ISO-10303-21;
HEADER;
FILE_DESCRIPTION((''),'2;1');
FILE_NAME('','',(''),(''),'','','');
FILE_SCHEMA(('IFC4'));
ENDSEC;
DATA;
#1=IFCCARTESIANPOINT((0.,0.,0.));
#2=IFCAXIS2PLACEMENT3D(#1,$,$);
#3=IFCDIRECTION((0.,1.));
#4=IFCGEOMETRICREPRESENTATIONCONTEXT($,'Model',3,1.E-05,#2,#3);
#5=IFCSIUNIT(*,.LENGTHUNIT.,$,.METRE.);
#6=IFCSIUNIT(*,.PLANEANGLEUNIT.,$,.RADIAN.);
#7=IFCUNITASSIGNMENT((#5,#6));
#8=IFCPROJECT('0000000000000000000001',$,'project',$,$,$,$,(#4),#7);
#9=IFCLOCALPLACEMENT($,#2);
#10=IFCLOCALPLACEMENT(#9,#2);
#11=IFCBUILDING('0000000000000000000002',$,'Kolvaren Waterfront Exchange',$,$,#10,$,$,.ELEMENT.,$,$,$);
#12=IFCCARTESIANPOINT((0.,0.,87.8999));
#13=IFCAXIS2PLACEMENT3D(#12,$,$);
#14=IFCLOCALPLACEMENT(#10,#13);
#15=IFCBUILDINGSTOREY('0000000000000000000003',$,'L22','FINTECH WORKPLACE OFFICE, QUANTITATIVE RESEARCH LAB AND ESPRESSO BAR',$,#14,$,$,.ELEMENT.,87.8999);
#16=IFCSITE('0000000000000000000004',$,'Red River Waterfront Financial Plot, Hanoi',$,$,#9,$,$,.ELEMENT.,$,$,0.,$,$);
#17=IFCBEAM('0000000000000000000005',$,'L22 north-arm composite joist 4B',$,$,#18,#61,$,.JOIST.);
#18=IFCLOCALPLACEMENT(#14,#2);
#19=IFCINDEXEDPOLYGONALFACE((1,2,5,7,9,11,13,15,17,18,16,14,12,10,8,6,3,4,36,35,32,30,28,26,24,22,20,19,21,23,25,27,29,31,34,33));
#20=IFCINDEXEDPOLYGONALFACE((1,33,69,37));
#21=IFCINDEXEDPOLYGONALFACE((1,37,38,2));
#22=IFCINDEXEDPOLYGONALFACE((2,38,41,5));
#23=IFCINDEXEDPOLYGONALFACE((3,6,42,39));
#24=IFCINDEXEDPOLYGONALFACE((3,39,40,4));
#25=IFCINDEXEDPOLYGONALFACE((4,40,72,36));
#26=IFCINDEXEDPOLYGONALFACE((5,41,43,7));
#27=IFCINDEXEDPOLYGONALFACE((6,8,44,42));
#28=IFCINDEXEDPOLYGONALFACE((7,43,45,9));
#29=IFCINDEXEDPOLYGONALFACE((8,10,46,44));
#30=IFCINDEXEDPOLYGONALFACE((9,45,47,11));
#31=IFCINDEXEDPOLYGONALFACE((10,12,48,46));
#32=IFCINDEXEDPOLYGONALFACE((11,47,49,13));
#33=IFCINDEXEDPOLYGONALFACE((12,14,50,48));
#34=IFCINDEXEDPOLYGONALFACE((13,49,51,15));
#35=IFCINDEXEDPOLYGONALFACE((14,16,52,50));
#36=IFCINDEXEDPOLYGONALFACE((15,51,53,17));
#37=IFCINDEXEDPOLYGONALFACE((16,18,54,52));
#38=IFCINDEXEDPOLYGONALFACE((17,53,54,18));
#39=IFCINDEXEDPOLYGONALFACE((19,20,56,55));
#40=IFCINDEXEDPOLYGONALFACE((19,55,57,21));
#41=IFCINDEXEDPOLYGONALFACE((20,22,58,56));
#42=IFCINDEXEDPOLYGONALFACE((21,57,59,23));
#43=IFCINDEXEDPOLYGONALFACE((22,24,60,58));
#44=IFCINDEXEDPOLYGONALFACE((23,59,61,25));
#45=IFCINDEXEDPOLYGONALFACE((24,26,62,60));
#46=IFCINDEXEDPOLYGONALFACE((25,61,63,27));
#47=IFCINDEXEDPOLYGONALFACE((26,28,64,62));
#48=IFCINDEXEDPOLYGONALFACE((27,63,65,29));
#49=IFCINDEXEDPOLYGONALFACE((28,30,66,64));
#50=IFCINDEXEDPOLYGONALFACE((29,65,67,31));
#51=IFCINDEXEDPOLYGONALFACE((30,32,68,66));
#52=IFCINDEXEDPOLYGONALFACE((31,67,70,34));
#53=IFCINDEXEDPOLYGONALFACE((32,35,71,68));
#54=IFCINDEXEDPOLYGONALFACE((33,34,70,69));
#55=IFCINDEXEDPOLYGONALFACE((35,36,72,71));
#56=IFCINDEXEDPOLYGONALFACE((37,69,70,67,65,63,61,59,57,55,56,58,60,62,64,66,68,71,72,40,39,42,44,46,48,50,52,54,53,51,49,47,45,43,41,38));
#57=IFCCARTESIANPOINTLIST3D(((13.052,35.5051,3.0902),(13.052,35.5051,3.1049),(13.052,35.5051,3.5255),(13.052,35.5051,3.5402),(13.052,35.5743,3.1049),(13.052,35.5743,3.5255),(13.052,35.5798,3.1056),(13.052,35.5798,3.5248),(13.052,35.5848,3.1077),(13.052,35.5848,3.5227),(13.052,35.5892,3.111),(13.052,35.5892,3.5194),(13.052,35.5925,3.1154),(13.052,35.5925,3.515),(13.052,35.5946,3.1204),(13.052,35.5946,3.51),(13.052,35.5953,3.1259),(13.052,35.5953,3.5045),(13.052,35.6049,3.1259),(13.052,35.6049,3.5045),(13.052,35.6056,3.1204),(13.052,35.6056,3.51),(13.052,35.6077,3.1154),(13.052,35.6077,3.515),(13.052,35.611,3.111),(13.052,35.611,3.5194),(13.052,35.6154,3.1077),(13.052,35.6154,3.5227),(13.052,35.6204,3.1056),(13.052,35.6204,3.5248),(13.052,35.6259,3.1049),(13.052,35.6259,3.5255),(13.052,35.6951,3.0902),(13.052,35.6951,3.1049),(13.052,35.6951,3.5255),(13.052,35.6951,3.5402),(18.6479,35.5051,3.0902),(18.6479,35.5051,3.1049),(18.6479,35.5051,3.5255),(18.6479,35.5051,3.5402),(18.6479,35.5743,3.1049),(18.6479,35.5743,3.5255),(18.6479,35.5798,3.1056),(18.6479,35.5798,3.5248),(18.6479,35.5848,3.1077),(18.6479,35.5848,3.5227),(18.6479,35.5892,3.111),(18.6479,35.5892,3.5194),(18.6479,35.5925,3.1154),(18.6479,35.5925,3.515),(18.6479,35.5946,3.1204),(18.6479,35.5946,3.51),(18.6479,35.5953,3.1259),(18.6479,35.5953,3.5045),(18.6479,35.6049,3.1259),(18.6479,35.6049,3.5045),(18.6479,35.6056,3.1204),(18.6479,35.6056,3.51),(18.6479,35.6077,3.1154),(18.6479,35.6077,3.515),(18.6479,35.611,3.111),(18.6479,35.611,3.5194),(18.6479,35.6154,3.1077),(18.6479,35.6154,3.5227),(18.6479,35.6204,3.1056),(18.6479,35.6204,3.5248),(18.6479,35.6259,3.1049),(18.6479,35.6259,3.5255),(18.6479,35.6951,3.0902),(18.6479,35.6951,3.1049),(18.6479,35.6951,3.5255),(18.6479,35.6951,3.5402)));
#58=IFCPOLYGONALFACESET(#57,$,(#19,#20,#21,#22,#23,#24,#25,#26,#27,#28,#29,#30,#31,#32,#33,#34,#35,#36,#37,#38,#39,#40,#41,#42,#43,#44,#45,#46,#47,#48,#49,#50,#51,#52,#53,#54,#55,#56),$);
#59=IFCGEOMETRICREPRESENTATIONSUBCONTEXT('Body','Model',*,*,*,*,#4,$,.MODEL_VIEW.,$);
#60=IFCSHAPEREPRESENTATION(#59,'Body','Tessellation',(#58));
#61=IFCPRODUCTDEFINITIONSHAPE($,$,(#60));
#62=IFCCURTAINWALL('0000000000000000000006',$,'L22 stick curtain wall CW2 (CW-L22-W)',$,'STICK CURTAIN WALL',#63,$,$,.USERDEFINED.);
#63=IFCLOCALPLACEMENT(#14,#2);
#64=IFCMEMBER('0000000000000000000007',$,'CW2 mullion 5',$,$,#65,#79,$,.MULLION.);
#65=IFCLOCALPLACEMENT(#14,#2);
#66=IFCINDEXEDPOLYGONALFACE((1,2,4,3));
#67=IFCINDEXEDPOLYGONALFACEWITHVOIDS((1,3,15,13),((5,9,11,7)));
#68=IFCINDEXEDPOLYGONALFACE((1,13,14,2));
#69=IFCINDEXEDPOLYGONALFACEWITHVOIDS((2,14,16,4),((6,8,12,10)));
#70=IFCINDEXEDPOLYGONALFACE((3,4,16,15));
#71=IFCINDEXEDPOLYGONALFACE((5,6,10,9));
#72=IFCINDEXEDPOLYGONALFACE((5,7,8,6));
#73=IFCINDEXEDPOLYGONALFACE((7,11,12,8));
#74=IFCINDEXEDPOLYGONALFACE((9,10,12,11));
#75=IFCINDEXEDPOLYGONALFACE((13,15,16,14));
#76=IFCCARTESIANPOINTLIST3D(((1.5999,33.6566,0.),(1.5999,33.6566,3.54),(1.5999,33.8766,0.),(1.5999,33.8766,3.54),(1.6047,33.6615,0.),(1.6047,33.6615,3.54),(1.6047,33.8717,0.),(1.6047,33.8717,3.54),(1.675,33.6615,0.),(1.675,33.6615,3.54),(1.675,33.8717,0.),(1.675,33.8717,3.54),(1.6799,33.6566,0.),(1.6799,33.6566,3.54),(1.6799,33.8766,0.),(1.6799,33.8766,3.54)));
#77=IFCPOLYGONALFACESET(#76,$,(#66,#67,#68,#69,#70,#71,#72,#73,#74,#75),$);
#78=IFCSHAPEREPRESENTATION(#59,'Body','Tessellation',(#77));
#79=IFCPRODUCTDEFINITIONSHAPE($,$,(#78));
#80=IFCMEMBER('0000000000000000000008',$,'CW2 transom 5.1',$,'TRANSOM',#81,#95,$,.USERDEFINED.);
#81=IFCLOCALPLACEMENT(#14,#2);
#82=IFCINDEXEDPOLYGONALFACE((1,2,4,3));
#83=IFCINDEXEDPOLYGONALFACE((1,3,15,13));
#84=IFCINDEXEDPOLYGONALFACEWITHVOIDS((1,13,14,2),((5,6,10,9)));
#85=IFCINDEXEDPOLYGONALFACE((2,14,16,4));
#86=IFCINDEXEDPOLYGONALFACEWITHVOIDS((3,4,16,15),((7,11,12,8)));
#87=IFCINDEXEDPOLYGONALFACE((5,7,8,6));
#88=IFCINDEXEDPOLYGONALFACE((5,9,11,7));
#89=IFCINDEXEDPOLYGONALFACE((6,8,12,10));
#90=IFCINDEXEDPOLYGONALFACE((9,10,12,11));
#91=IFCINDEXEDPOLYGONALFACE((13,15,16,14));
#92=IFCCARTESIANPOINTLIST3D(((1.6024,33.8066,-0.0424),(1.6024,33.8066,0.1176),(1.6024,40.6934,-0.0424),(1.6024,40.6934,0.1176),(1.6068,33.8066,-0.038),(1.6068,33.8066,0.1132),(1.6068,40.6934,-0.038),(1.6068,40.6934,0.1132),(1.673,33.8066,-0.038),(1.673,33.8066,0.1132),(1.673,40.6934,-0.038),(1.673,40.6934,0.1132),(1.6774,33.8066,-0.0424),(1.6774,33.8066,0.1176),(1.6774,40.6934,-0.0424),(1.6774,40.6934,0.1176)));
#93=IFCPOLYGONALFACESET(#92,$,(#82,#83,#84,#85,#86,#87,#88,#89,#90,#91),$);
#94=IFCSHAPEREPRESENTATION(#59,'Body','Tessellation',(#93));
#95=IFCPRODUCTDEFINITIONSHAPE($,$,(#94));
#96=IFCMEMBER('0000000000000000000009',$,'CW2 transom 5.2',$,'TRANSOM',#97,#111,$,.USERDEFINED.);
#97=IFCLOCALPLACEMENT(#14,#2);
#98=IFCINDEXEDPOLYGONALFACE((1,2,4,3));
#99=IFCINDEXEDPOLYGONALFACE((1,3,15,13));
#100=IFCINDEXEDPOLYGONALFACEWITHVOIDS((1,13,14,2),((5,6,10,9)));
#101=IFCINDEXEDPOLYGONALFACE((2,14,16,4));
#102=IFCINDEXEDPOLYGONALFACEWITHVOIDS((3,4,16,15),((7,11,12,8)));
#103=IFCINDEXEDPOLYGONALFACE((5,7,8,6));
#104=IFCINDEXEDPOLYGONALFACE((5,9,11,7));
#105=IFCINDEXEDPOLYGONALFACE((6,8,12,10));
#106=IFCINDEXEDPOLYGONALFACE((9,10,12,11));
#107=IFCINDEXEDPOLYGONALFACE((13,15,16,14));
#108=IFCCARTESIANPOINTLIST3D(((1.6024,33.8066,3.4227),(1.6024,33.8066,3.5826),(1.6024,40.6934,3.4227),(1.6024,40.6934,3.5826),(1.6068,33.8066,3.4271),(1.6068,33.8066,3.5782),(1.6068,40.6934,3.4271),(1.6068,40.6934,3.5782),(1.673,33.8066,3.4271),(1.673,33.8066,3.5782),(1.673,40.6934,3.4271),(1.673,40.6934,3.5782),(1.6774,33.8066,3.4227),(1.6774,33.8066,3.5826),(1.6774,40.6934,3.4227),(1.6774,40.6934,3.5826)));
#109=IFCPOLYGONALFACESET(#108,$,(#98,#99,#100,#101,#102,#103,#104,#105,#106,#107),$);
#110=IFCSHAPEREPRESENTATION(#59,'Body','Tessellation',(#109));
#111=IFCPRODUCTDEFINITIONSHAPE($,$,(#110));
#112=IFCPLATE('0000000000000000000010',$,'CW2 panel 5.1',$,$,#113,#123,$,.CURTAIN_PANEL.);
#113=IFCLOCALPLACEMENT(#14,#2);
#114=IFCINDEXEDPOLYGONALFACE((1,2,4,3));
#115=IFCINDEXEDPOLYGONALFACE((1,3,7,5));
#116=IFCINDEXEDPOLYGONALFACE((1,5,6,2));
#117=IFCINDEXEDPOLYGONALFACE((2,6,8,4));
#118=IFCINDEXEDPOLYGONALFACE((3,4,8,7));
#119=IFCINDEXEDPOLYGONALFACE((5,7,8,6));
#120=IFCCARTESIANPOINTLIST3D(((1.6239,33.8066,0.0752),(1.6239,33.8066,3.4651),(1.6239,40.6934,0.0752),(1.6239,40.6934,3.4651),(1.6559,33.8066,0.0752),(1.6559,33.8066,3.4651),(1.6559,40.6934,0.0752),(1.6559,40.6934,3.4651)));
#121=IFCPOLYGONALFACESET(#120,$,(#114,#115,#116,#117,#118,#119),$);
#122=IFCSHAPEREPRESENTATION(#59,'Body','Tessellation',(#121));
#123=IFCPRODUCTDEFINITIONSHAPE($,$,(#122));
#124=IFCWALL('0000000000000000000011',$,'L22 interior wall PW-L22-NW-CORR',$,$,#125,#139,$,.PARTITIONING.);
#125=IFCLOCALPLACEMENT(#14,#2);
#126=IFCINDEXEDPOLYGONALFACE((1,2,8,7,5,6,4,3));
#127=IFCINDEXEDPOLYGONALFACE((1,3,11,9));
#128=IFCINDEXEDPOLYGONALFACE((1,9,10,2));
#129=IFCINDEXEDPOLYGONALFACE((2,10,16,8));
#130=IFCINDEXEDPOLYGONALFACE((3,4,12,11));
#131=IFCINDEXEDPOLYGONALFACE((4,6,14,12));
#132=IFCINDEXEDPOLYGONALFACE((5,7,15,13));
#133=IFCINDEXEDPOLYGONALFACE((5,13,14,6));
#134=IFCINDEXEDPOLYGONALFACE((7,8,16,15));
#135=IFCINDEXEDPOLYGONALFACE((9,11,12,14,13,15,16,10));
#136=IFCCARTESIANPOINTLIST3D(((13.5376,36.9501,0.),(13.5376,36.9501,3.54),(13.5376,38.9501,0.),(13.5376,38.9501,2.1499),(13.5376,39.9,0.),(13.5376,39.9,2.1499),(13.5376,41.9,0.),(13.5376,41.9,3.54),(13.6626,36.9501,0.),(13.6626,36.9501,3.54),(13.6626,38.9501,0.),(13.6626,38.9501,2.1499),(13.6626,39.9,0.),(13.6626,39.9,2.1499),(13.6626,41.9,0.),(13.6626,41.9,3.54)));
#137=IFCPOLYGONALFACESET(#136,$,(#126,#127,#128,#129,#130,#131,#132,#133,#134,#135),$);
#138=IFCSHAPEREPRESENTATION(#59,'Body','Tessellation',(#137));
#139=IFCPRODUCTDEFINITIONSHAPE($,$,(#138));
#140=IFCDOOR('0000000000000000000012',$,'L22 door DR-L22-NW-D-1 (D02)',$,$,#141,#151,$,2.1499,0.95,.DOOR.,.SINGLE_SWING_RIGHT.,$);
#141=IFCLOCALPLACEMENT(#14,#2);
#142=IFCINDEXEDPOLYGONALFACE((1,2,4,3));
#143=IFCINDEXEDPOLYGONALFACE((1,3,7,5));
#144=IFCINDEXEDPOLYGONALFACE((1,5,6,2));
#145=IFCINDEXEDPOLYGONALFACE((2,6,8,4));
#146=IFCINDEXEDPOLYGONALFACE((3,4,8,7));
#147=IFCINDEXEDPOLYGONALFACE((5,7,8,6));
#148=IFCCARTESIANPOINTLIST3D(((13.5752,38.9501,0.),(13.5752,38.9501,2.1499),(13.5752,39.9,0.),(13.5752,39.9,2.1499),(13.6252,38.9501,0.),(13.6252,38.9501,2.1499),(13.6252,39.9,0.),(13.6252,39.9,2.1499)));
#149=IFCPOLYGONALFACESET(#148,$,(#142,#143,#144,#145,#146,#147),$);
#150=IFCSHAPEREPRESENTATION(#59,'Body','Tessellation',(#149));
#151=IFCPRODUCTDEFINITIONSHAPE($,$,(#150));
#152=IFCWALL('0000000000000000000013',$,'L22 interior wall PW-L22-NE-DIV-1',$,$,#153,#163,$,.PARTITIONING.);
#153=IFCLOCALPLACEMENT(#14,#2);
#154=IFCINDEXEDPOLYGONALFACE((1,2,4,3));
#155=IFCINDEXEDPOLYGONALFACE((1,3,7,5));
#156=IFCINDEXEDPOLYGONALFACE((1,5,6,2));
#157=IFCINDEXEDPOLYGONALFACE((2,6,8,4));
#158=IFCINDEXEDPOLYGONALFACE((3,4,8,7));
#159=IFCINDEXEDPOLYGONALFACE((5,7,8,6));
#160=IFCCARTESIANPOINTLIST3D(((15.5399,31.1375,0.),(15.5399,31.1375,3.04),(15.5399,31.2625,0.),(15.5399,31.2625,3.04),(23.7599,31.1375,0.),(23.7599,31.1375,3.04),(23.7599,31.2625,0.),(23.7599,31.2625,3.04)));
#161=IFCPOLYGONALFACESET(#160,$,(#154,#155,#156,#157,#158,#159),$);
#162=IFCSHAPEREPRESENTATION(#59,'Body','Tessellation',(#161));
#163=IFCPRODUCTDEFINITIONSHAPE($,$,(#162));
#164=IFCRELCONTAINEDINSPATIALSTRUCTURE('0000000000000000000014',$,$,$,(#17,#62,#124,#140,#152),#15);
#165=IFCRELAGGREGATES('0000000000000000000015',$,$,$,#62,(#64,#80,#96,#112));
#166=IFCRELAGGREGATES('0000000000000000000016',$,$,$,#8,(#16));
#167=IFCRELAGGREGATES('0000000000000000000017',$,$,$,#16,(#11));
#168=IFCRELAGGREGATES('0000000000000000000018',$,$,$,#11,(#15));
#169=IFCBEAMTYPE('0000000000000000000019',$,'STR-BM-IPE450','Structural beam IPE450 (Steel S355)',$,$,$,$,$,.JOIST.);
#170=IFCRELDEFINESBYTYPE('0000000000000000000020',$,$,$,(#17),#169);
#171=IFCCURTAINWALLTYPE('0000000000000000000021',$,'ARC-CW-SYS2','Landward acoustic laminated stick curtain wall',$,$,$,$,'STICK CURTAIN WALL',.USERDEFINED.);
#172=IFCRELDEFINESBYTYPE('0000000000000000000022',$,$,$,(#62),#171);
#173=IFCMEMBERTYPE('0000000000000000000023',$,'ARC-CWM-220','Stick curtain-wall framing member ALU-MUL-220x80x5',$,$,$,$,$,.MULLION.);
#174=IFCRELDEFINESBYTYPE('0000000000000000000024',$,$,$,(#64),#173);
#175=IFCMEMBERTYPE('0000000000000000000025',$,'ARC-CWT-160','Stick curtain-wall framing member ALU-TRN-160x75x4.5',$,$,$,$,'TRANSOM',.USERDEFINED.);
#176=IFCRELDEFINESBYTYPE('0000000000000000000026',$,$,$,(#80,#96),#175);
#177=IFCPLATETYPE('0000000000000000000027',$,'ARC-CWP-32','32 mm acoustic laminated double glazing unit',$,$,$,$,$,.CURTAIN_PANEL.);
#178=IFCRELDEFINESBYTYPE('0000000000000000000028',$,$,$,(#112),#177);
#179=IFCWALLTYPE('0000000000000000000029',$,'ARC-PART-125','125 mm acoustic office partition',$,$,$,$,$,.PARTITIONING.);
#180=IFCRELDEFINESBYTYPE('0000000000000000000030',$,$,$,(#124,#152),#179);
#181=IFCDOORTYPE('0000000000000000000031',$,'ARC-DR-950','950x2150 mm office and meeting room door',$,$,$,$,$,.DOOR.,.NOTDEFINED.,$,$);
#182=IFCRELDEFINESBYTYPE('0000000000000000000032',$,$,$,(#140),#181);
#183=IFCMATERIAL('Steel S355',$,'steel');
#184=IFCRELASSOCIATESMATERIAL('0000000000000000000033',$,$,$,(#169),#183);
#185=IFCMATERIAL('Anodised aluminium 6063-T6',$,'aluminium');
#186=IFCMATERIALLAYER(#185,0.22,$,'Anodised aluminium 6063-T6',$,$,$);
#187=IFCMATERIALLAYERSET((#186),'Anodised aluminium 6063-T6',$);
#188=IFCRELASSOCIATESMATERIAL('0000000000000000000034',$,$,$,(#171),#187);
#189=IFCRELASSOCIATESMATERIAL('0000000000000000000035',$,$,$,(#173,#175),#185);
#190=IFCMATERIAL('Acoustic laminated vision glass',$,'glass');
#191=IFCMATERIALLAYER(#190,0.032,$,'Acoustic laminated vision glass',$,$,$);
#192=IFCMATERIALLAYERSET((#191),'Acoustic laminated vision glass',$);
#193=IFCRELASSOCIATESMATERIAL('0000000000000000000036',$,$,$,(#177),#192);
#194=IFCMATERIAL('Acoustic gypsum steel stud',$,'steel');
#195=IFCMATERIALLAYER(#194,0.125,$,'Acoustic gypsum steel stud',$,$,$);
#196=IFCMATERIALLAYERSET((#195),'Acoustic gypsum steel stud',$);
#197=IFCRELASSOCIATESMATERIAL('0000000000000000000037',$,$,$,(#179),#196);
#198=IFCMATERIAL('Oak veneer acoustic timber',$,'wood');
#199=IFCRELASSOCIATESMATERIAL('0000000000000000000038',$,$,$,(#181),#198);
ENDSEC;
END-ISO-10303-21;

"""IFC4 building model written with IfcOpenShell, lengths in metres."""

from ifc_helpers import new_model, si_unit, direction, frame, frame_2d, origin, origin_with_axes, origin_2d, place, context, subcontext, project, spatial, rectangle, hollow_rectangle, i_section, extrude, source, transform, mapped, material, layer, layer_set, material_profile, profile_set, type_object, element, fill, aggregate, save


model = new_model("IFC4")

# Units and contexts
model_context = context("Model", 3, precision=1e-05, world=origin(), true_north=direction((0.0, 1.0)))
body_context = subcontext(model_context, "Body", "Model", "MODEL_VIEW")
ifc_project = project(units=[si_unit("LENGTHUNIT", "METRE"), si_unit("PLANEANGLEUNIT", "RADIAN")], contexts=[model_context])

# Site, building, storey
site_placement = place(None, origin())
site = spatial("IfcSite", under=ifc_project, at=site_placement, Name="Red River Waterfront Financial Plot, Hanoi", CompositionType="ELEMENT", RefElevation=0.0)
building_placement = place(site_placement, origin())
building = spatial("IfcBuilding", under=site, at=building_placement, Name="Kolvaren Waterfront Exchange", CompositionType="ELEMENT")
storey_placement = place(building_placement, frame((0.0, 0.0, 87.8999)))
storey = spatial("IfcBuildingStorey", under=building, at=storey_placement, Name="L22", Description="FINTECH WORKPLACE OFFICE, QUANTITATIVE RESEARCH LAB AND ESPRESSO BAR", CompositionType="ELEMENT", Elevation=87.8999)

# Beam
ifc_material_1 = material(Name="Steel S355", Category="steel")
ifc_material_profile_1 = material_profile(ifc_material_1, i_section(OverallWidth=0.1899, OverallDepth=0.45, WebThickness=0.0095, FlangeThickness=0.0146, FilletRadius=0.021, at=origin_2d()), Name="IPE450")
ifc_profile_set_1 = profile_set([ifc_material_profile_1], Name="Steel S355")
beam_type_1 = type_object("IfcBeamType", Name="STR-BM-IPE450", Description="Structural beam IPE450 (Steel S355)", PredefinedType="JOIST", material=ifc_profile_set_1)
beam_1_placement = place(storey_placement, frame((13.052, 35.6001, 3.3152), z_axis=(1.0, 0.0, 0.0), x_axis=(0.0, 1.0, 0.0)))
element("IfcBeam", 1, at=beam_1_placement, inside=storey, type_object=beam_type_1, Name="L22 north-arm composite joist 4B", PredefinedType="JOIST", context=body_context, shape_type="SweptSolid", body=[
    extrude(i_section(OverallWidth=0.1899, OverallDepth=0.45, WebThickness=0.0095, FlangeThickness=0.0146, FilletRadius=0.021, at=origin_2d()), origin(), (0.0, 0.0, 1.0), 5.5959),
])

# Curtain wall, members, plate
ifc_material_2 = material(Name="Anodised aluminium 6063-T6", Category="aluminium")
ifc_layer_1 = layer(ifc_material_2, 0.22, Name="Anodised aluminium 6063-T6")
ifc_layer_set_1 = layer_set([ifc_layer_1], Name="Anodised aluminium 6063-T6")
curtain_wall_type = type_object("IfcCurtainWallType", Name="ARC-CW-SYS2", Description="Landward acoustic laminated stick curtain wall", ElementType="STICK CURTAIN WALL", PredefinedType="USERDEFINED", material=ifc_layer_set_1)
curtain_wall_placement = place(storey_placement, origin())
curtain_wall = element("IfcCurtainWall", 2, at=curtain_wall_placement, inside=storey, type_object=curtain_wall_type, Name="L22 stick curtain wall CW2 (CW-L22-W)", ObjectType="STICK CURTAIN WALL", PredefinedType="USERDEFINED")
ifc_material_profile_2 = material_profile(ifc_material_2, hollow_rectangle(XDim=0.0801, YDim=0.22, WallThickness=0.0049, at=origin_2d()), Name="ALU-MUL-220x80x5")
ifc_profile_set_2 = profile_set([ifc_material_profile_2], Name="Anodised aluminium 6063-T6")
member_type_1 = type_object("IfcMemberType", Name="ARC-CWM-220", Description="Stick curtain-wall framing member ALU-MUL-220x80x5", PredefinedType="MULLION", material=ifc_profile_set_2)
shared_shape_1 = source(origin_with_axes(), body_context, "Body", "SweptSolid", [
    extrude(hollow_rectangle(XDim=0.0801, YDim=0.22, WallThickness=0.0049, at=origin_2d()), origin(), (0.0, 0.0, 1.0), 3.54),
])
member_1_placement = place(storey_placement, frame((1.6399, 33.7666, 0.0), z_axis=(0.0, 0.0, 1.0), x_axis=(-1.0, 0.0, 0.0)))
member_1 = element("IfcMember", 3, at=member_1_placement, type_object=member_type_1, Name="CW2 mullion 5", PredefinedType="MULLION", context=body_context, shape_type="MappedRepresentation", body=[
    mapped(shared_shape_1, transform((0.0, 0.0, 0.0), x_axis=(1.0, 0.0, 0.0), y_axis=(0.0, 1.0, 0.0), z_axis=(0.0, 0.0, 1.0), scale=1.0)),
])
ifc_material_profile_3 = material_profile(ifc_material_2, hollow_rectangle(XDim=0.075, YDim=0.1599, WallThickness=0.0044, at=origin_2d()), Name="ALU-TRN-160x75x4.5")
ifc_profile_set_3 = profile_set([ifc_material_profile_3], Name="Anodised aluminium 6063-T6")
member_type_2 = type_object("IfcMemberType", Name="ARC-CWT-160", Description="Stick curtain-wall framing member ALU-TRN-160x75x4.5", ElementType="TRANSOM", PredefinedType="USERDEFINED", material=ifc_profile_set_3)
shared_shape_2 = source(origin_with_axes(), body_context, "Body", "SweptSolid", [
    extrude(hollow_rectangle(XDim=0.075, YDim=0.1599, WallThickness=0.0044, at=origin_2d()), origin(), (0.0, 0.0, 1.0), 6.8867),
])
member_2_placement = place(storey_placement, frame((1.6399, 33.8066, 0.0376), z_axis=(0.0, 1.0, 0.0), x_axis=(-1.0, 0.0, 0.0)))
member_2 = element("IfcMember", 4, at=member_2_placement, type_object=member_type_2, Name="CW2 transom 5.1", ObjectType="TRANSOM", PredefinedType="USERDEFINED", context=body_context, shape_type="MappedRepresentation", body=[
    mapped(shared_shape_2, transform((0.0, 0.0, 0.0), x_axis=(1.0, 0.0, 0.0), y_axis=(0.0, 1.0, 0.0), z_axis=(0.0, 0.0, 1.0), scale=1.0)),
])
member_3_placement = place(storey_placement, frame((1.6399, 33.8066, 3.5027), z_axis=(0.0, 1.0, 0.0), x_axis=(-1.0, 0.0, 0.0)))
member_3 = element("IfcMember", 5, at=member_3_placement, type_object=member_type_2, Name="CW2 transom 5.2", ObjectType="TRANSOM", PredefinedType="USERDEFINED", context=body_context, shape_type="MappedRepresentation", body=[
    mapped(shared_shape_2, transform((0.0, 0.0, 0.0), x_axis=(1.0, 0.0, 0.0), y_axis=(0.0, 1.0, 0.0), z_axis=(0.0, 0.0, 1.0), scale=1.0)),
])
ifc_material_3 = material(Name="Acoustic laminated vision glass", Category="glass")
ifc_layer_2 = layer(ifc_material_3, 0.032, Name="Acoustic laminated vision glass")
ifc_layer_set_2 = layer_set([ifc_layer_2], Name="Acoustic laminated vision glass")
plate_type = type_object("IfcPlateType", Name="ARC-CWP-32", Description="32 mm acoustic laminated double glazing unit", PredefinedType="CURTAIN_PANEL", material=ifc_layer_set_2)
shared_shape_3 = source(origin_with_axes(), body_context, "Body", "SweptSolid", [
    extrude(rectangle(XDim=6.8867, YDim=0.032, at=origin_2d()), origin(), (0.0, 0.0, 1.0), 3.3899),
])
plate_placement = place(storey_placement, frame((1.6399, 37.25, 0.0752), z_axis=(0.0, 0.0, 1.0), x_axis=(0.0, 1.0, 0.0)))
plate = element("IfcPlate", 6, at=plate_placement, type_object=plate_type, Name="CW2 panel 5.1", PredefinedType="CURTAIN_PANEL", context=body_context, shape_type="MappedRepresentation", body=[
    mapped(shared_shape_3, transform((0.0, 0.0, 0.0), x_axis=(1.0, 0.0, 0.0), y_axis=(0.0, 1.0, 0.0), z_axis=(0.0, 0.0, 1.0), scale=1.0)),
])
aggregate(curtain_wall, [member_1, member_2, member_3, plate])

# Wall, opening, door
ifc_material_4 = material(Name="Acoustic gypsum steel stud", Category="steel")
ifc_layer_3 = layer(ifc_material_4, 0.125, Name="Acoustic gypsum steel stud")
ifc_layer_set_3 = layer_set([ifc_layer_3], Name="Acoustic gypsum steel stud")
wall_type_1 = type_object("IfcWallType", Name="ARC-PART-125", Description="125 mm acoustic office partition", PredefinedType="PARTITIONING", material=ifc_layer_set_3)
wall_1_placement = place(storey_placement, frame((13.6001, 36.95, 0.0), z_axis=(0.0, 0.0, 1.0), x_axis=(0.0, 1.0, 0.0)))
wall_1 = element("IfcWall", 7, at=wall_1_placement, inside=storey, type_object=wall_type_1, Name="L22 interior wall PW-L22-NW-CORR", PredefinedType="PARTITIONING", context=body_context, shape_type="SweptSolid", body=[
    extrude(rectangle(XDim=4.95, YDim=0.125, at=frame_2d((2.4751, 0.0))), origin(), (0.0, 0.0, 1.0), 3.54),
])
opening_1_placement = place(wall_1_placement, frame((2.0, 0.0, 0.0)))
opening_1 = element("IfcOpeningElement", 8, at=opening_1_placement, cuts=wall_1, PredefinedType="OPENING", context=body_context, shape_type="SweptSolid", body=[
    extrude(rectangle(XDim=0.95, YDim=2.1499, at=frame_2d((0.4751, 1.075))), frame((0.0, 0.0725, 0.0), z_axis=(0.0, -1.0, 0.0), x_axis=(1.0, 0.0, 0.0)), (0.0, 0.0, 1.0), 0.145),
])
ifc_material_5 = material(Name="Oak veneer acoustic timber", Category="wood")
door_type_1 = type_object("IfcDoorType", Name="ARC-DR-950", Description="950x2150 mm office and meeting room door", OperationType="NOTDEFINED", PredefinedType="DOOR", material=ifc_material_5)
door_1_placement = place(opening_1_placement, origin())
door_1 = element("IfcDoor", 9, at=door_1_placement, inside=storey, type_object=door_type_1, Name="L22 door DR-L22-NW-D-1 (D02)", OperationType="SINGLE_SWING_RIGHT", OverallHeight=2.1499, OverallWidth=0.95, PredefinedType="DOOR", context=body_context, shape_type="SweptSolid", body=[
    extrude(rectangle(XDim=0.95, YDim=2.1499, at=frame_2d((0.4751, 1.075))), frame((0.0, 0.0249, 0.0), z_axis=(0.0, -1.0, 0.0), x_axis=(1.0, 0.0, 0.0)), (0.0, 0.0, 1.0), 0.05),
])
fill(opening_1, door_1)

# Wall
wall_2_placement = place(storey_placement, frame((15.54, 31.2, 0.0), z_axis=(0.0, 0.0, 1.0), x_axis=(1.0, 0.0, 0.0)))
element("IfcWall", 10, at=wall_2_placement, inside=storey, type_object=wall_type_1, Name="L22 interior wall PW-L22-NE-DIV-1", PredefinedType="PARTITIONING", context=body_context, shape_type="SweptSolid", body=[
    extrude(rectangle(XDim=8.22, YDim=0.125, at=frame_2d((4.1099, 0.0))), origin(), (0.0, 0.0, 1.0), 3.04),
])

save(model, "model.ifc")
